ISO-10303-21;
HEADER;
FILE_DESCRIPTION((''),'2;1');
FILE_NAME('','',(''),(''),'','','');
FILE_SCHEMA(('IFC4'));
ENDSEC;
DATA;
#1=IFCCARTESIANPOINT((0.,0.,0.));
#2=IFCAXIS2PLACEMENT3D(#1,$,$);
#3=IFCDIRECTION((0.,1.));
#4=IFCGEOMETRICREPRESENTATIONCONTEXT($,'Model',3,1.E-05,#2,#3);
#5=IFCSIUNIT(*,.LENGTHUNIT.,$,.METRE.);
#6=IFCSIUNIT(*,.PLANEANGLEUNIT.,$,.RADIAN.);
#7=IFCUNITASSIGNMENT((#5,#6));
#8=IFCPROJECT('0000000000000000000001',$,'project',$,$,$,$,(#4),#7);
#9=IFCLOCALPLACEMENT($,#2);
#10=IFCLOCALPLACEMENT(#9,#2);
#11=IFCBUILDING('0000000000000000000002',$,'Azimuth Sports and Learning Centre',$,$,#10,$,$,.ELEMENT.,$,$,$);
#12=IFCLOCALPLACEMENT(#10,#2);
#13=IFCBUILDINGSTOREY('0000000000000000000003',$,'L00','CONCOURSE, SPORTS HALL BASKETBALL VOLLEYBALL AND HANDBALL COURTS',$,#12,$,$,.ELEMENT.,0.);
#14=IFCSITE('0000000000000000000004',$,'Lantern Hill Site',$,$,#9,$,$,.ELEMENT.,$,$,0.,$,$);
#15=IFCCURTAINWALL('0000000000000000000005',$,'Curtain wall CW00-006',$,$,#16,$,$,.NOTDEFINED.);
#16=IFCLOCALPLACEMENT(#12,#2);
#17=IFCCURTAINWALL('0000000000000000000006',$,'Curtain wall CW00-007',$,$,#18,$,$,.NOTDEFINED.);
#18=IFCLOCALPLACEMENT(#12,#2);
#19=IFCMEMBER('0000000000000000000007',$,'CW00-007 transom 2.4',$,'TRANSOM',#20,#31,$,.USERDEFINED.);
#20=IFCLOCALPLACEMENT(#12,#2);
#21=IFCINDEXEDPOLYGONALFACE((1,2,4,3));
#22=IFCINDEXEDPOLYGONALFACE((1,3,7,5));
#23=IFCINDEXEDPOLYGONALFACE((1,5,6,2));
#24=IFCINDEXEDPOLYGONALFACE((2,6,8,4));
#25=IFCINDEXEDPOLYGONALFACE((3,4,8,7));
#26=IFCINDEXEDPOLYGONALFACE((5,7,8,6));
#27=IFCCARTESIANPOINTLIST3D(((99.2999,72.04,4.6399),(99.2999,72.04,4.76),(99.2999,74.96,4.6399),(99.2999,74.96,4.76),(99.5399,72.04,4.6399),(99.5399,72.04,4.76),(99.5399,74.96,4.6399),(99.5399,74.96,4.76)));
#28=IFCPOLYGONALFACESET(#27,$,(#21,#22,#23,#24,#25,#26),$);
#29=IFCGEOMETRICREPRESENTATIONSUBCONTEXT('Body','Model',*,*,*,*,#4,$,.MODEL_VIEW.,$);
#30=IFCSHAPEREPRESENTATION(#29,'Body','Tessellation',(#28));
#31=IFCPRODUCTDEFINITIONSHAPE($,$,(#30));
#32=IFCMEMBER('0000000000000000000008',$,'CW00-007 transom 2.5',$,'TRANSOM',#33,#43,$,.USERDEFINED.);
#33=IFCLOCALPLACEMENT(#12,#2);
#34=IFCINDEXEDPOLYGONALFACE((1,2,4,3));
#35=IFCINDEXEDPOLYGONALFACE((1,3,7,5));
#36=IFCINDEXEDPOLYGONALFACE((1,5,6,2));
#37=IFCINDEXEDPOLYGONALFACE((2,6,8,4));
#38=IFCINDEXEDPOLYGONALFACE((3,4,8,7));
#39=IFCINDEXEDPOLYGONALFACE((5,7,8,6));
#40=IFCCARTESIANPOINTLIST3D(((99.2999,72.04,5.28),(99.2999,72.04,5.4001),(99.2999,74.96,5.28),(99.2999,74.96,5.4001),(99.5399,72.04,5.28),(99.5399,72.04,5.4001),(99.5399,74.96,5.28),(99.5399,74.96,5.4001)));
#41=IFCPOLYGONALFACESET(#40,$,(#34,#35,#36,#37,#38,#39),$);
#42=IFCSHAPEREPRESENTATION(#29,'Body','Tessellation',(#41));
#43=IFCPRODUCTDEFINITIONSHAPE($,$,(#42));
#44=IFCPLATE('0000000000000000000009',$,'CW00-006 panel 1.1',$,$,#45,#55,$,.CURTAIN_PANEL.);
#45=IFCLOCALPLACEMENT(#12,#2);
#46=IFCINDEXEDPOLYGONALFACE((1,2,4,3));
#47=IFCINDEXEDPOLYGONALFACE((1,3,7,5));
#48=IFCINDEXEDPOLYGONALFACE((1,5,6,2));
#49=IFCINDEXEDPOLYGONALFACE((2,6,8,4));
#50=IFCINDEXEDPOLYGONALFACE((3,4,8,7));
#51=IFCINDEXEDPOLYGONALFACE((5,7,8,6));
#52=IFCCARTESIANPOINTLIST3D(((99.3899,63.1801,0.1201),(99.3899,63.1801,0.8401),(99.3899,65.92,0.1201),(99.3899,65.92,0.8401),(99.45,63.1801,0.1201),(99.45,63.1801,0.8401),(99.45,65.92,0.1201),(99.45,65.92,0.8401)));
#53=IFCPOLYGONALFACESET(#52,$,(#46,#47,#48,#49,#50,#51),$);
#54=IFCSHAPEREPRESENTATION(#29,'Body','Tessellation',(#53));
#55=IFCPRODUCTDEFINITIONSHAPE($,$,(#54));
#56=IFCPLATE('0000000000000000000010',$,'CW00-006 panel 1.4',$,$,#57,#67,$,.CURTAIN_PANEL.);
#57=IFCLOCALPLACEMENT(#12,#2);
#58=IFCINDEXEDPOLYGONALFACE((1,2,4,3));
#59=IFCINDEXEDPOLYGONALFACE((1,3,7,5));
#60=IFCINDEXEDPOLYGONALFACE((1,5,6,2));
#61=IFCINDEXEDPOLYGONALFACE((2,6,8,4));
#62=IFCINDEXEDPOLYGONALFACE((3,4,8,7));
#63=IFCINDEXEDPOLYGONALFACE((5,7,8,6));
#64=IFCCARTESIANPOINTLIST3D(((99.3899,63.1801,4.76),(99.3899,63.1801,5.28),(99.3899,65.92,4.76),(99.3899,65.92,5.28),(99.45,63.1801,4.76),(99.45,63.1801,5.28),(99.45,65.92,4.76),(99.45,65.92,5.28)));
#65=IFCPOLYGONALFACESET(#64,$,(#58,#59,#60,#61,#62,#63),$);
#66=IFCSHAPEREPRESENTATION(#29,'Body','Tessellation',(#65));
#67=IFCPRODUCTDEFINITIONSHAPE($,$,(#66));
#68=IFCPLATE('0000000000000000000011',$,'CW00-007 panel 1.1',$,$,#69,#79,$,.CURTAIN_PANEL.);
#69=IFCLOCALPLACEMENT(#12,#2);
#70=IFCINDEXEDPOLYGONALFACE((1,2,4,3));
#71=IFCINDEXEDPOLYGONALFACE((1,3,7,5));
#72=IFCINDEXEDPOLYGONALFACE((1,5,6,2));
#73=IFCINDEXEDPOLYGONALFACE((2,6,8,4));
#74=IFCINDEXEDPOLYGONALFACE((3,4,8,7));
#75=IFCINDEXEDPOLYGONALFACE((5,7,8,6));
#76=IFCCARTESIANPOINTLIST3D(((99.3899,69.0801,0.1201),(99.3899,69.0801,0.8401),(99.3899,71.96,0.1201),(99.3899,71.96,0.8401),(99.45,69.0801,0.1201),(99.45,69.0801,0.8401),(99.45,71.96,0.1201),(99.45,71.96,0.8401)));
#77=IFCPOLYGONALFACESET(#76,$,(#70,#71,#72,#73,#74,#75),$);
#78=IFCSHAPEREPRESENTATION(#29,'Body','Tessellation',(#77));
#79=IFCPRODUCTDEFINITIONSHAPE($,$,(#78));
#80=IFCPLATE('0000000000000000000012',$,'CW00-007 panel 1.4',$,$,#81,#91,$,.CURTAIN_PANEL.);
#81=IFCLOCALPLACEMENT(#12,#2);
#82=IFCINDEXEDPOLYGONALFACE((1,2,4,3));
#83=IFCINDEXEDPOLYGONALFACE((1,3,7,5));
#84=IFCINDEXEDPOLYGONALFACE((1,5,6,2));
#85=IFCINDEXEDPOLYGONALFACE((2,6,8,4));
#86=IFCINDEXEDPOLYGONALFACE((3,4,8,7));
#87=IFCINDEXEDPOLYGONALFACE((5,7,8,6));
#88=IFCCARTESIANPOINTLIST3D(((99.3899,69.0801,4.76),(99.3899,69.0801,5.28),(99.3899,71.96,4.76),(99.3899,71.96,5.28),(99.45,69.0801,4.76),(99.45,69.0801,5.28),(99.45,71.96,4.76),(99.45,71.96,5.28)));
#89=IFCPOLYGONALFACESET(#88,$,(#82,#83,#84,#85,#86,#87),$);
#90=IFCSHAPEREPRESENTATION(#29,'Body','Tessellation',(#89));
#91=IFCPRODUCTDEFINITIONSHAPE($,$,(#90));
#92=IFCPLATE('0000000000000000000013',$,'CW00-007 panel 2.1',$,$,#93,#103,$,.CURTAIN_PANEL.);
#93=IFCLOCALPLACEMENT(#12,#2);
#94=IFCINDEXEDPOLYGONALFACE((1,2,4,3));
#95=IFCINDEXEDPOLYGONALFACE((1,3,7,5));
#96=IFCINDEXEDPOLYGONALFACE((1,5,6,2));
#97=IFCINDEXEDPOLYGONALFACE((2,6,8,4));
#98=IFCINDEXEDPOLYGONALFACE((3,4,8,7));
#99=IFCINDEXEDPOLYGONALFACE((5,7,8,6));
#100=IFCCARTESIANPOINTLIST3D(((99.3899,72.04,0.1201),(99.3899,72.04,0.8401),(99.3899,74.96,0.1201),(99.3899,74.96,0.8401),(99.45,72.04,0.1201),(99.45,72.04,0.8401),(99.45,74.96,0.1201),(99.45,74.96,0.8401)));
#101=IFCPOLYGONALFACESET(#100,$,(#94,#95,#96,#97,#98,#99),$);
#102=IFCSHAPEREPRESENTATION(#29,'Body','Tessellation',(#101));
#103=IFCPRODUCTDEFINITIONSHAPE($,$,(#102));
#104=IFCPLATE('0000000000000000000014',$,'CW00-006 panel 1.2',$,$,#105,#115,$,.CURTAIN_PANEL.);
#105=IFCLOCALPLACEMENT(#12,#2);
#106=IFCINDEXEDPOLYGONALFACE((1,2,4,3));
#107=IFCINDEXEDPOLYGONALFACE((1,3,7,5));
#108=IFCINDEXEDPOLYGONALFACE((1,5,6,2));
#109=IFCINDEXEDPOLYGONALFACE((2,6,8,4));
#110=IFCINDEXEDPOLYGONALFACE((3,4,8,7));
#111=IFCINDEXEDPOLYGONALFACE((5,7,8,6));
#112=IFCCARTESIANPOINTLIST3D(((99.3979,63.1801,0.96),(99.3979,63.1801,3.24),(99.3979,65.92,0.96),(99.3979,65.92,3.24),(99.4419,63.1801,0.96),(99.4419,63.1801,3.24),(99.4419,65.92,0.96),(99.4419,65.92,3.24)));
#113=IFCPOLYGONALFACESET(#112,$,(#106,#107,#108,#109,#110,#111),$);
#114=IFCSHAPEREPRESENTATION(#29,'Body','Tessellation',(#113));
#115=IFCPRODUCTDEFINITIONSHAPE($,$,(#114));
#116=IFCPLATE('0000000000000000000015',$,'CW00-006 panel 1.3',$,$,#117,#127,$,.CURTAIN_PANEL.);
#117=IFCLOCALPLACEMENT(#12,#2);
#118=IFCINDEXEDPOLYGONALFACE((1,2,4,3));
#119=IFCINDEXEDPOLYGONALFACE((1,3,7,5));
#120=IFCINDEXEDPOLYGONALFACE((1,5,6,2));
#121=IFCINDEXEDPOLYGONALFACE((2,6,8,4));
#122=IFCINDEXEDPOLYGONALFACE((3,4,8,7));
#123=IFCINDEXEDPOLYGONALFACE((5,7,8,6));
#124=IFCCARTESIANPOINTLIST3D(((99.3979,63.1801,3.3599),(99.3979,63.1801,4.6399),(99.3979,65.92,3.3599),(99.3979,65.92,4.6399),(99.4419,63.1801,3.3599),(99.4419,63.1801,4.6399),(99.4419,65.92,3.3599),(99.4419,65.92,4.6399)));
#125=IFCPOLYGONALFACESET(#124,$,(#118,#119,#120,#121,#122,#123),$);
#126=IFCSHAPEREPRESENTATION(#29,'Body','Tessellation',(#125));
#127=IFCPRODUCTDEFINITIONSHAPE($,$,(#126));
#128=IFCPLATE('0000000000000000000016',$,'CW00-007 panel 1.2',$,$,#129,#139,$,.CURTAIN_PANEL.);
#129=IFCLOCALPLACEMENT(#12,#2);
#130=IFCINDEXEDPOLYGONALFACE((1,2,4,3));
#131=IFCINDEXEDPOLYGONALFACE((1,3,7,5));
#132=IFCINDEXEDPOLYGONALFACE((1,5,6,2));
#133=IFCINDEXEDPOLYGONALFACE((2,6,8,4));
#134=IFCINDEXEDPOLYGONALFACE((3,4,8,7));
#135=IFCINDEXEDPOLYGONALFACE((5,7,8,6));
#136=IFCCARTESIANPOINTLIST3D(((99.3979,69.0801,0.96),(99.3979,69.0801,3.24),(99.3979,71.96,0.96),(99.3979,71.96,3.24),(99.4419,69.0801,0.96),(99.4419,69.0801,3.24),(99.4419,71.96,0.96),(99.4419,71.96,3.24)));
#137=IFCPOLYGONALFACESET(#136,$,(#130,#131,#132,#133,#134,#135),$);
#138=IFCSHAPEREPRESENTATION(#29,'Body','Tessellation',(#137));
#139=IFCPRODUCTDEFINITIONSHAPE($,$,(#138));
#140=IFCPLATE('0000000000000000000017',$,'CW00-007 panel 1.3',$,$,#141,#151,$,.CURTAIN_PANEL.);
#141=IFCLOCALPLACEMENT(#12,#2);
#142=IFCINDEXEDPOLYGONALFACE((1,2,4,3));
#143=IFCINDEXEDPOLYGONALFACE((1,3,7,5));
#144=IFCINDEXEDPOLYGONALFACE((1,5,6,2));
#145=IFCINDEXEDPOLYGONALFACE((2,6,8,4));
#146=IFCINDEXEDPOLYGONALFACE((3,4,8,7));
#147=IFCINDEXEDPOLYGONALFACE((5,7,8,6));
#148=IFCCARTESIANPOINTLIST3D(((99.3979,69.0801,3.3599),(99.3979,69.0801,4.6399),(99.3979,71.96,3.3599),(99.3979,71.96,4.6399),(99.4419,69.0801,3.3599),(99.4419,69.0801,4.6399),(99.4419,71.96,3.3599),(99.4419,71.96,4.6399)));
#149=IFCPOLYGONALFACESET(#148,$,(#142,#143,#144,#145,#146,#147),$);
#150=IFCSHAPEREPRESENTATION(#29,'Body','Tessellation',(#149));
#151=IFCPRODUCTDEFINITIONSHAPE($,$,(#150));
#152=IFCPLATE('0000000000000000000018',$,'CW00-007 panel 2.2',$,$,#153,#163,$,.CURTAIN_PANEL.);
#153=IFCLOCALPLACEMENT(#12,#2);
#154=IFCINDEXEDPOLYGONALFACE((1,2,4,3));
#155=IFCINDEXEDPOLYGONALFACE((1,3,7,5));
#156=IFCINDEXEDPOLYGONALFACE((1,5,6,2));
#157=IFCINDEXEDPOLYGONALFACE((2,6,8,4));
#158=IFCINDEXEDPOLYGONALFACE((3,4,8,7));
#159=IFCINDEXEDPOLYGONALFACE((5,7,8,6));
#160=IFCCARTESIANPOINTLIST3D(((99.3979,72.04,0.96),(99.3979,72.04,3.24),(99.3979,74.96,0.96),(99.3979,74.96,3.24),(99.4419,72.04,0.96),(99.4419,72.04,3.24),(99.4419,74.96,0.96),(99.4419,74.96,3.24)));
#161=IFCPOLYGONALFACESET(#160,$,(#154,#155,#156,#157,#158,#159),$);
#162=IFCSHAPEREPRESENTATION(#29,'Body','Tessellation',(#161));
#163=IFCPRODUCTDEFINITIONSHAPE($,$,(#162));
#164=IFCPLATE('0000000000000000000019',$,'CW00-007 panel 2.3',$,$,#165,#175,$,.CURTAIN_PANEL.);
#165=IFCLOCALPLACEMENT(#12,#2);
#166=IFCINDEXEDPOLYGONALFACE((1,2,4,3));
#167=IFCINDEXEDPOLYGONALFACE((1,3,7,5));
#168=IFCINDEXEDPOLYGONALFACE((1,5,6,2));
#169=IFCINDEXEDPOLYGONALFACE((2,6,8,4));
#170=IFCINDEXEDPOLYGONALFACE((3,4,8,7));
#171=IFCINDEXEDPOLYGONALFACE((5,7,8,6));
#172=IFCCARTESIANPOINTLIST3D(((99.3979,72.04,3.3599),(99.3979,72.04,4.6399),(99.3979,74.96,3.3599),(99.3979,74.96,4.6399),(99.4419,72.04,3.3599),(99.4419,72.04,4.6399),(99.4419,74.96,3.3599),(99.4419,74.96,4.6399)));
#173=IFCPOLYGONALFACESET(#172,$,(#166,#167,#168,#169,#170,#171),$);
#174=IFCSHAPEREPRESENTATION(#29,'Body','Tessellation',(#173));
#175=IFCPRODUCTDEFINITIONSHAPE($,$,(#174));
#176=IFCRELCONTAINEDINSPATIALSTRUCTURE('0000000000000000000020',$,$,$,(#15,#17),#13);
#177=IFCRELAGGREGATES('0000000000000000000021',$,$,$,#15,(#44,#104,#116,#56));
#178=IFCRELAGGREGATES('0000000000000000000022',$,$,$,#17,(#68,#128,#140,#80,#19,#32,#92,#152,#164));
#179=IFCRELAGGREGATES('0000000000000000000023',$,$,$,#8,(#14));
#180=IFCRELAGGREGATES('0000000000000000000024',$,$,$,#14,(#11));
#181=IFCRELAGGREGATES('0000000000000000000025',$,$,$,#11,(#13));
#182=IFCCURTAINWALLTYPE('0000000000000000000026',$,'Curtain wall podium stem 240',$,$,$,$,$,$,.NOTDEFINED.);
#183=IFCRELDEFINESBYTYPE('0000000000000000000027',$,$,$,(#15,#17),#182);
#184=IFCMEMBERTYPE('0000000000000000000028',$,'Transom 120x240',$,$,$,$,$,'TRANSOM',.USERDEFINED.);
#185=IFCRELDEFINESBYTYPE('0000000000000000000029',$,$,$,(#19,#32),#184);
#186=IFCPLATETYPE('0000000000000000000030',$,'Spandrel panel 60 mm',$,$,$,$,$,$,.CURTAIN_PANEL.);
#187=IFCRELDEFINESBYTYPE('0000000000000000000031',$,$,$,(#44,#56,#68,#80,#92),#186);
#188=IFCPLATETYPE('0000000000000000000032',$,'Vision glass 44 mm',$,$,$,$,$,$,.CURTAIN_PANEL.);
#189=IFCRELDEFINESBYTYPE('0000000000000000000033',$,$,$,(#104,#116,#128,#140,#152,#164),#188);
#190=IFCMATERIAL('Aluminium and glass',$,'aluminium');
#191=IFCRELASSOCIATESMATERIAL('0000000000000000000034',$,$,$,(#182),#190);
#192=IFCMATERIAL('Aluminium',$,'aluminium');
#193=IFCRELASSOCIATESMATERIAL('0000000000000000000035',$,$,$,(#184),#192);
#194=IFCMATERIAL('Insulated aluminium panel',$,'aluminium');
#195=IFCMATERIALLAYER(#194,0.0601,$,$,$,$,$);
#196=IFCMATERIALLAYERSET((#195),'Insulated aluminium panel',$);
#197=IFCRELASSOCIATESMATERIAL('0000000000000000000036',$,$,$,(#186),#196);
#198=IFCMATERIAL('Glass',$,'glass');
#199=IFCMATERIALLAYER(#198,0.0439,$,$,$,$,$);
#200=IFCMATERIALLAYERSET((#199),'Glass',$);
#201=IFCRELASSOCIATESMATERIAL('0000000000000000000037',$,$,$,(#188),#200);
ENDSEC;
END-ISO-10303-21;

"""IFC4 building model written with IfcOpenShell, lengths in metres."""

from ifc_helpers import new_model, si_unit, direction, frame, origin, origin_2d, place, context, subcontext, project, spatial, rectangle, extrude, material, layer, layer_set, material_profile, profile_set, type_object, element, aggregate, save


model = new_model("IFC4")

# Units and contexts
model_context = context("Model", 3, precision=1e-05, world=origin(), true_north=direction((0.0, 1.0)))
body_context = subcontext(model_context, "Body", "Model", "MODEL_VIEW")
ifc_project = project(units=[si_unit("LENGTHUNIT", "METRE"), si_unit("PLANEANGLEUNIT", "RADIAN")], contexts=[model_context])

# Site, building, storey
site_placement = place(None, origin())
site = spatial("IfcSite", under=ifc_project, at=site_placement, Name="Lantern Hill Site", CompositionType="ELEMENT", RefElevation=0.0)
building_placement = place(site_placement, origin())
building = spatial("IfcBuilding", under=site, at=building_placement, Name="Azimuth Sports and Learning Centre", CompositionType="ELEMENT")
storey_placement = place(building_placement, origin())
storey = spatial("IfcBuildingStorey", under=building, at=storey_placement, Name="L00", Description="CONCOURSE, SPORTS HALL BASKETBALL VOLLEYBALL AND HANDBALL COURTS", CompositionType="ELEMENT", Elevation=0.0)

# Curtain wall
ifc_material_1 = material(Name="Aluminium and glass", Category="aluminium")
curtain_wall_type = type_object("IfcCurtainWallType", Name="Curtain wall podium stem 240", PredefinedType="NOTDEFINED", material=ifc_material_1)
curtain_wall_1_placement = place(storey_placement, origin())
curtain_wall_1 = element("IfcCurtainWall", 1, at=curtain_wall_1_placement, inside=storey, type_object=curtain_wall_type, Name="Curtain wall CW00-006", PredefinedType="NOTDEFINED")

# Curtain wall
curtain_wall_2_placement = place(storey_placement, origin())
curtain_wall_2 = element("IfcCurtainWall", 2, at=curtain_wall_2_placement, inside=storey, type_object=curtain_wall_type, Name="Curtain wall CW00-007", PredefinedType="NOTDEFINED")

# Members
ifc_material_2 = material(Name="Aluminium", Category="aluminium")
ifc_material_profile_1 = material_profile(ifc_material_2, rectangle(XDim=0.24, YDim=0.1201, at=origin_2d()), Name="Transom 120x240")
ifc_profile_set_1 = profile_set([ifc_material_profile_1], Name="Aluminium")
member_type_1 = type_object("IfcMemberType", Name="Transom 120x240", ElementType="TRANSOM", PredefinedType="USERDEFINED", material=ifc_profile_set_1)
member_1_placement = place(storey_placement, frame((99.4199, 72.04, 4.7), z_axis=(0.0, 1.0, 0.0), x_axis=(-1.0, 0.0, 0.0)))
member_1 = element("IfcMember", 3, at=member_1_placement, type_object=member_type_1, Name="CW00-007 transom 2.4", ObjectType="TRANSOM", PredefinedType="USERDEFINED", context=body_context, shape_type="SweptSolid", body=[
    extrude(rectangle(XDim=0.24, YDim=0.1201, at=origin_2d()), origin(), (0.0, 0.0, 1.0), 2.9199),
])
member_2_placement = place(storey_placement, frame((99.4199, 72.04, 5.3401), z_axis=(0.0, 1.0, 0.0), x_axis=(-1.0, 0.0, 0.0)))
member_2 = element("IfcMember", 4, at=member_2_placement, type_object=member_type_1, Name="CW00-007 transom 2.5", ObjectType="TRANSOM", PredefinedType="USERDEFINED", context=body_context, shape_type="SweptSolid", body=[
    extrude(rectangle(XDim=0.24, YDim=0.1201, at=origin_2d()), origin(), (0.0, 0.0, 1.0), 2.9199),
])

# Plates
ifc_material_3 = material(Name="Insulated aluminium panel", Category="aluminium")
ifc_layer_1 = layer(ifc_material_3, 0.0601)
ifc_layer_set_1 = layer_set([ifc_layer_1], Name="Insulated aluminium panel")
plate_type_1 = type_object("IfcPlateType", Name="Spandrel panel 60 mm", PredefinedType="CURTAIN_PANEL", material=ifc_layer_set_1)
plate_1_placement = place(storey_placement, frame((99.4199, 64.55, 0.1201), z_axis=(0.0, 0.0, 1.0), x_axis=(0.0, 1.0, 0.0)))
plate_1 = element("IfcPlate", 5, at=plate_1_placement, type_object=plate_type_1, Name="CW00-006 panel 1.1", PredefinedType="CURTAIN_PANEL", context=body_context, shape_type="SweptSolid", body=[
    extrude(rectangle(XDim=2.74, YDim=0.0601, at=origin_2d()), origin(), (0.0, 0.0, 1.0), 0.72),
])
plate_2_placement = place(storey_placement, frame((99.4199, 64.55, 4.76), z_axis=(0.0, 0.0, 1.0), x_axis=(0.0, 1.0, 0.0)))
plate_2 = element("IfcPlate", 6, at=plate_2_placement, type_object=plate_type_1, Name="CW00-006 panel 1.4", PredefinedType="CURTAIN_PANEL", context=body_context, shape_type="SweptSolid", body=[
    extrude(rectangle(XDim=2.74, YDim=0.0601, at=origin_2d()), origin(), (0.0, 0.0, 1.0), 0.52),
])
plate_3_placement = place(storey_placement, frame((99.4199, 70.52, 0.1201), z_axis=(0.0, 0.0, 1.0), x_axis=(0.0, 1.0, 0.0)))
plate_3 = element("IfcPlate", 7, at=plate_3_placement, type_object=plate_type_1, Name="CW00-007 panel 1.1", PredefinedType="CURTAIN_PANEL", context=body_context, shape_type="SweptSolid", body=[
    extrude(rectangle(XDim=2.8799, YDim=0.0601, at=origin_2d()), origin(), (0.0, 0.0, 1.0), 0.72),
])
plate_4_placement = place(storey_placement, frame((99.4199, 70.52, 4.76), z_axis=(0.0, 0.0, 1.0), x_axis=(0.0, 1.0, 0.0)))
plate_4 = element("IfcPlate", 8, at=plate_4_placement, type_object=plate_type_1, Name="CW00-007 panel 1.4", PredefinedType="CURTAIN_PANEL", context=body_context, shape_type="SweptSolid", body=[
    extrude(rectangle(XDim=2.8799, YDim=0.0601, at=origin_2d()), origin(), (0.0, 0.0, 1.0), 0.52),
])
plate_5_placement = place(storey_placement, frame((99.4199, 73.5, 0.1201), z_axis=(0.0, 0.0, 1.0), x_axis=(0.0, 1.0, 0.0)))
plate_5 = element("IfcPlate", 9, at=plate_5_placement, type_object=plate_type_1, Name="CW00-007 panel 2.1", PredefinedType="CURTAIN_PANEL", context=body_context, shape_type="SweptSolid", body=[
    extrude(rectangle(XDim=2.9199, YDim=0.0601, at=origin_2d()), origin(), (0.0, 0.0, 1.0), 0.72),
])
ifc_material_4 = material(Name="Glass", Category="glass")
ifc_layer_2 = layer(ifc_material_4, 0.0439)
ifc_layer_set_2 = layer_set([ifc_layer_2], Name="Glass")
plate_type_2 = type_object("IfcPlateType", Name="Vision glass 44 mm", PredefinedType="CURTAIN_PANEL", material=ifc_layer_set_2)
plate_6_placement = place(storey_placement, frame((99.4199, 64.55, 0.96), z_axis=(0.0, 0.0, 1.0), x_axis=(0.0, 1.0, 0.0)))
plate_6 = element("IfcPlate", 10, at=plate_6_placement, type_object=plate_type_2, Name="CW00-006 panel 1.2", PredefinedType="CURTAIN_PANEL", context=body_context, shape_type="SweptSolid", body=[
    extrude(rectangle(XDim=2.74, YDim=0.0439, at=origin_2d()), origin(), (0.0, 0.0, 1.0), 2.28),
])
plate_7_placement = place(storey_placement, frame((99.4199, 64.55, 3.3599), z_axis=(0.0, 0.0, 1.0), x_axis=(0.0, 1.0, 0.0)))
plate_7 = element("IfcPlate", 11, at=plate_7_placement, type_object=plate_type_2, Name="CW00-006 panel 1.3", PredefinedType="CURTAIN_PANEL", context=body_context, shape_type="SweptSolid", body=[
    extrude(rectangle(XDim=2.74, YDim=0.0439, at=origin_2d()), origin(), (0.0, 0.0, 1.0), 1.28),
])
aggregate(curtain_wall_1, [plate_1, plate_6, plate_7, plate_2])
plate_8_placement = place(storey_placement, frame((99.4199, 70.52, 0.96), z_axis=(0.0, 0.0, 1.0), x_axis=(0.0, 1.0, 0.0)))
plate_8 = element("IfcPlate", 12, at=plate_8_placement, type_object=plate_type_2, Name="CW00-007 panel 1.2", PredefinedType="CURTAIN_PANEL", context=body_context, shape_type="SweptSolid", body=[
    extrude(rectangle(XDim=2.8799, YDim=0.0439, at=origin_2d()), origin(), (0.0, 0.0, 1.0), 2.28),
])
plate_9_placement = place(storey_placement, frame((99.4199, 70.52, 3.3599), z_axis=(0.0, 0.0, 1.0), x_axis=(0.0, 1.0, 0.0)))
plate_9 = element("IfcPlate", 13, at=plate_9_placement, type_object=plate_type_2, Name="CW00-007 panel 1.3", PredefinedType="CURTAIN_PANEL", context=body_context, shape_type="SweptSolid", body=[
    extrude(rectangle(XDim=2.8799, YDim=0.0439, at=origin_2d()), origin(), (0.0, 0.0, 1.0), 1.28),
])
plate_10_placement = place(storey_placement, frame((99.4199, 73.5, 0.96), z_axis=(0.0, 0.0, 1.0), x_axis=(0.0, 1.0, 0.0)))
plate_10 = element("IfcPlate", 14, at=plate_10_placement, type_object=plate_type_2, Name="CW00-007 panel 2.2", PredefinedType="CURTAIN_PANEL", context=body_context, shape_type="SweptSolid", body=[
    extrude(rectangle(XDim=2.9199, YDim=0.0439, at=origin_2d()), origin(), (0.0, 0.0, 1.0), 2.28),
])
plate_11_placement = place(storey_placement, frame((99.4199, 73.5, 3.3599), z_axis=(0.0, 0.0, 1.0), x_axis=(0.0, 1.0, 0.0)))
plate_11 = element("IfcPlate", 15, at=plate_11_placement, type_object=plate_type_2, Name="CW00-007 panel 2.3", PredefinedType="CURTAIN_PANEL", context=body_context, shape_type="SweptSolid", body=[
    extrude(rectangle(XDim=2.9199, YDim=0.0439, at=origin_2d()), origin(), (0.0, 0.0, 1.0), 1.28),
])
aggregate(curtain_wall_2, [plate_3, plate_8, plate_9, plate_4, member_1, member_2, plate_5, plate_10, plate_11])

save(model, "model.ifc")
